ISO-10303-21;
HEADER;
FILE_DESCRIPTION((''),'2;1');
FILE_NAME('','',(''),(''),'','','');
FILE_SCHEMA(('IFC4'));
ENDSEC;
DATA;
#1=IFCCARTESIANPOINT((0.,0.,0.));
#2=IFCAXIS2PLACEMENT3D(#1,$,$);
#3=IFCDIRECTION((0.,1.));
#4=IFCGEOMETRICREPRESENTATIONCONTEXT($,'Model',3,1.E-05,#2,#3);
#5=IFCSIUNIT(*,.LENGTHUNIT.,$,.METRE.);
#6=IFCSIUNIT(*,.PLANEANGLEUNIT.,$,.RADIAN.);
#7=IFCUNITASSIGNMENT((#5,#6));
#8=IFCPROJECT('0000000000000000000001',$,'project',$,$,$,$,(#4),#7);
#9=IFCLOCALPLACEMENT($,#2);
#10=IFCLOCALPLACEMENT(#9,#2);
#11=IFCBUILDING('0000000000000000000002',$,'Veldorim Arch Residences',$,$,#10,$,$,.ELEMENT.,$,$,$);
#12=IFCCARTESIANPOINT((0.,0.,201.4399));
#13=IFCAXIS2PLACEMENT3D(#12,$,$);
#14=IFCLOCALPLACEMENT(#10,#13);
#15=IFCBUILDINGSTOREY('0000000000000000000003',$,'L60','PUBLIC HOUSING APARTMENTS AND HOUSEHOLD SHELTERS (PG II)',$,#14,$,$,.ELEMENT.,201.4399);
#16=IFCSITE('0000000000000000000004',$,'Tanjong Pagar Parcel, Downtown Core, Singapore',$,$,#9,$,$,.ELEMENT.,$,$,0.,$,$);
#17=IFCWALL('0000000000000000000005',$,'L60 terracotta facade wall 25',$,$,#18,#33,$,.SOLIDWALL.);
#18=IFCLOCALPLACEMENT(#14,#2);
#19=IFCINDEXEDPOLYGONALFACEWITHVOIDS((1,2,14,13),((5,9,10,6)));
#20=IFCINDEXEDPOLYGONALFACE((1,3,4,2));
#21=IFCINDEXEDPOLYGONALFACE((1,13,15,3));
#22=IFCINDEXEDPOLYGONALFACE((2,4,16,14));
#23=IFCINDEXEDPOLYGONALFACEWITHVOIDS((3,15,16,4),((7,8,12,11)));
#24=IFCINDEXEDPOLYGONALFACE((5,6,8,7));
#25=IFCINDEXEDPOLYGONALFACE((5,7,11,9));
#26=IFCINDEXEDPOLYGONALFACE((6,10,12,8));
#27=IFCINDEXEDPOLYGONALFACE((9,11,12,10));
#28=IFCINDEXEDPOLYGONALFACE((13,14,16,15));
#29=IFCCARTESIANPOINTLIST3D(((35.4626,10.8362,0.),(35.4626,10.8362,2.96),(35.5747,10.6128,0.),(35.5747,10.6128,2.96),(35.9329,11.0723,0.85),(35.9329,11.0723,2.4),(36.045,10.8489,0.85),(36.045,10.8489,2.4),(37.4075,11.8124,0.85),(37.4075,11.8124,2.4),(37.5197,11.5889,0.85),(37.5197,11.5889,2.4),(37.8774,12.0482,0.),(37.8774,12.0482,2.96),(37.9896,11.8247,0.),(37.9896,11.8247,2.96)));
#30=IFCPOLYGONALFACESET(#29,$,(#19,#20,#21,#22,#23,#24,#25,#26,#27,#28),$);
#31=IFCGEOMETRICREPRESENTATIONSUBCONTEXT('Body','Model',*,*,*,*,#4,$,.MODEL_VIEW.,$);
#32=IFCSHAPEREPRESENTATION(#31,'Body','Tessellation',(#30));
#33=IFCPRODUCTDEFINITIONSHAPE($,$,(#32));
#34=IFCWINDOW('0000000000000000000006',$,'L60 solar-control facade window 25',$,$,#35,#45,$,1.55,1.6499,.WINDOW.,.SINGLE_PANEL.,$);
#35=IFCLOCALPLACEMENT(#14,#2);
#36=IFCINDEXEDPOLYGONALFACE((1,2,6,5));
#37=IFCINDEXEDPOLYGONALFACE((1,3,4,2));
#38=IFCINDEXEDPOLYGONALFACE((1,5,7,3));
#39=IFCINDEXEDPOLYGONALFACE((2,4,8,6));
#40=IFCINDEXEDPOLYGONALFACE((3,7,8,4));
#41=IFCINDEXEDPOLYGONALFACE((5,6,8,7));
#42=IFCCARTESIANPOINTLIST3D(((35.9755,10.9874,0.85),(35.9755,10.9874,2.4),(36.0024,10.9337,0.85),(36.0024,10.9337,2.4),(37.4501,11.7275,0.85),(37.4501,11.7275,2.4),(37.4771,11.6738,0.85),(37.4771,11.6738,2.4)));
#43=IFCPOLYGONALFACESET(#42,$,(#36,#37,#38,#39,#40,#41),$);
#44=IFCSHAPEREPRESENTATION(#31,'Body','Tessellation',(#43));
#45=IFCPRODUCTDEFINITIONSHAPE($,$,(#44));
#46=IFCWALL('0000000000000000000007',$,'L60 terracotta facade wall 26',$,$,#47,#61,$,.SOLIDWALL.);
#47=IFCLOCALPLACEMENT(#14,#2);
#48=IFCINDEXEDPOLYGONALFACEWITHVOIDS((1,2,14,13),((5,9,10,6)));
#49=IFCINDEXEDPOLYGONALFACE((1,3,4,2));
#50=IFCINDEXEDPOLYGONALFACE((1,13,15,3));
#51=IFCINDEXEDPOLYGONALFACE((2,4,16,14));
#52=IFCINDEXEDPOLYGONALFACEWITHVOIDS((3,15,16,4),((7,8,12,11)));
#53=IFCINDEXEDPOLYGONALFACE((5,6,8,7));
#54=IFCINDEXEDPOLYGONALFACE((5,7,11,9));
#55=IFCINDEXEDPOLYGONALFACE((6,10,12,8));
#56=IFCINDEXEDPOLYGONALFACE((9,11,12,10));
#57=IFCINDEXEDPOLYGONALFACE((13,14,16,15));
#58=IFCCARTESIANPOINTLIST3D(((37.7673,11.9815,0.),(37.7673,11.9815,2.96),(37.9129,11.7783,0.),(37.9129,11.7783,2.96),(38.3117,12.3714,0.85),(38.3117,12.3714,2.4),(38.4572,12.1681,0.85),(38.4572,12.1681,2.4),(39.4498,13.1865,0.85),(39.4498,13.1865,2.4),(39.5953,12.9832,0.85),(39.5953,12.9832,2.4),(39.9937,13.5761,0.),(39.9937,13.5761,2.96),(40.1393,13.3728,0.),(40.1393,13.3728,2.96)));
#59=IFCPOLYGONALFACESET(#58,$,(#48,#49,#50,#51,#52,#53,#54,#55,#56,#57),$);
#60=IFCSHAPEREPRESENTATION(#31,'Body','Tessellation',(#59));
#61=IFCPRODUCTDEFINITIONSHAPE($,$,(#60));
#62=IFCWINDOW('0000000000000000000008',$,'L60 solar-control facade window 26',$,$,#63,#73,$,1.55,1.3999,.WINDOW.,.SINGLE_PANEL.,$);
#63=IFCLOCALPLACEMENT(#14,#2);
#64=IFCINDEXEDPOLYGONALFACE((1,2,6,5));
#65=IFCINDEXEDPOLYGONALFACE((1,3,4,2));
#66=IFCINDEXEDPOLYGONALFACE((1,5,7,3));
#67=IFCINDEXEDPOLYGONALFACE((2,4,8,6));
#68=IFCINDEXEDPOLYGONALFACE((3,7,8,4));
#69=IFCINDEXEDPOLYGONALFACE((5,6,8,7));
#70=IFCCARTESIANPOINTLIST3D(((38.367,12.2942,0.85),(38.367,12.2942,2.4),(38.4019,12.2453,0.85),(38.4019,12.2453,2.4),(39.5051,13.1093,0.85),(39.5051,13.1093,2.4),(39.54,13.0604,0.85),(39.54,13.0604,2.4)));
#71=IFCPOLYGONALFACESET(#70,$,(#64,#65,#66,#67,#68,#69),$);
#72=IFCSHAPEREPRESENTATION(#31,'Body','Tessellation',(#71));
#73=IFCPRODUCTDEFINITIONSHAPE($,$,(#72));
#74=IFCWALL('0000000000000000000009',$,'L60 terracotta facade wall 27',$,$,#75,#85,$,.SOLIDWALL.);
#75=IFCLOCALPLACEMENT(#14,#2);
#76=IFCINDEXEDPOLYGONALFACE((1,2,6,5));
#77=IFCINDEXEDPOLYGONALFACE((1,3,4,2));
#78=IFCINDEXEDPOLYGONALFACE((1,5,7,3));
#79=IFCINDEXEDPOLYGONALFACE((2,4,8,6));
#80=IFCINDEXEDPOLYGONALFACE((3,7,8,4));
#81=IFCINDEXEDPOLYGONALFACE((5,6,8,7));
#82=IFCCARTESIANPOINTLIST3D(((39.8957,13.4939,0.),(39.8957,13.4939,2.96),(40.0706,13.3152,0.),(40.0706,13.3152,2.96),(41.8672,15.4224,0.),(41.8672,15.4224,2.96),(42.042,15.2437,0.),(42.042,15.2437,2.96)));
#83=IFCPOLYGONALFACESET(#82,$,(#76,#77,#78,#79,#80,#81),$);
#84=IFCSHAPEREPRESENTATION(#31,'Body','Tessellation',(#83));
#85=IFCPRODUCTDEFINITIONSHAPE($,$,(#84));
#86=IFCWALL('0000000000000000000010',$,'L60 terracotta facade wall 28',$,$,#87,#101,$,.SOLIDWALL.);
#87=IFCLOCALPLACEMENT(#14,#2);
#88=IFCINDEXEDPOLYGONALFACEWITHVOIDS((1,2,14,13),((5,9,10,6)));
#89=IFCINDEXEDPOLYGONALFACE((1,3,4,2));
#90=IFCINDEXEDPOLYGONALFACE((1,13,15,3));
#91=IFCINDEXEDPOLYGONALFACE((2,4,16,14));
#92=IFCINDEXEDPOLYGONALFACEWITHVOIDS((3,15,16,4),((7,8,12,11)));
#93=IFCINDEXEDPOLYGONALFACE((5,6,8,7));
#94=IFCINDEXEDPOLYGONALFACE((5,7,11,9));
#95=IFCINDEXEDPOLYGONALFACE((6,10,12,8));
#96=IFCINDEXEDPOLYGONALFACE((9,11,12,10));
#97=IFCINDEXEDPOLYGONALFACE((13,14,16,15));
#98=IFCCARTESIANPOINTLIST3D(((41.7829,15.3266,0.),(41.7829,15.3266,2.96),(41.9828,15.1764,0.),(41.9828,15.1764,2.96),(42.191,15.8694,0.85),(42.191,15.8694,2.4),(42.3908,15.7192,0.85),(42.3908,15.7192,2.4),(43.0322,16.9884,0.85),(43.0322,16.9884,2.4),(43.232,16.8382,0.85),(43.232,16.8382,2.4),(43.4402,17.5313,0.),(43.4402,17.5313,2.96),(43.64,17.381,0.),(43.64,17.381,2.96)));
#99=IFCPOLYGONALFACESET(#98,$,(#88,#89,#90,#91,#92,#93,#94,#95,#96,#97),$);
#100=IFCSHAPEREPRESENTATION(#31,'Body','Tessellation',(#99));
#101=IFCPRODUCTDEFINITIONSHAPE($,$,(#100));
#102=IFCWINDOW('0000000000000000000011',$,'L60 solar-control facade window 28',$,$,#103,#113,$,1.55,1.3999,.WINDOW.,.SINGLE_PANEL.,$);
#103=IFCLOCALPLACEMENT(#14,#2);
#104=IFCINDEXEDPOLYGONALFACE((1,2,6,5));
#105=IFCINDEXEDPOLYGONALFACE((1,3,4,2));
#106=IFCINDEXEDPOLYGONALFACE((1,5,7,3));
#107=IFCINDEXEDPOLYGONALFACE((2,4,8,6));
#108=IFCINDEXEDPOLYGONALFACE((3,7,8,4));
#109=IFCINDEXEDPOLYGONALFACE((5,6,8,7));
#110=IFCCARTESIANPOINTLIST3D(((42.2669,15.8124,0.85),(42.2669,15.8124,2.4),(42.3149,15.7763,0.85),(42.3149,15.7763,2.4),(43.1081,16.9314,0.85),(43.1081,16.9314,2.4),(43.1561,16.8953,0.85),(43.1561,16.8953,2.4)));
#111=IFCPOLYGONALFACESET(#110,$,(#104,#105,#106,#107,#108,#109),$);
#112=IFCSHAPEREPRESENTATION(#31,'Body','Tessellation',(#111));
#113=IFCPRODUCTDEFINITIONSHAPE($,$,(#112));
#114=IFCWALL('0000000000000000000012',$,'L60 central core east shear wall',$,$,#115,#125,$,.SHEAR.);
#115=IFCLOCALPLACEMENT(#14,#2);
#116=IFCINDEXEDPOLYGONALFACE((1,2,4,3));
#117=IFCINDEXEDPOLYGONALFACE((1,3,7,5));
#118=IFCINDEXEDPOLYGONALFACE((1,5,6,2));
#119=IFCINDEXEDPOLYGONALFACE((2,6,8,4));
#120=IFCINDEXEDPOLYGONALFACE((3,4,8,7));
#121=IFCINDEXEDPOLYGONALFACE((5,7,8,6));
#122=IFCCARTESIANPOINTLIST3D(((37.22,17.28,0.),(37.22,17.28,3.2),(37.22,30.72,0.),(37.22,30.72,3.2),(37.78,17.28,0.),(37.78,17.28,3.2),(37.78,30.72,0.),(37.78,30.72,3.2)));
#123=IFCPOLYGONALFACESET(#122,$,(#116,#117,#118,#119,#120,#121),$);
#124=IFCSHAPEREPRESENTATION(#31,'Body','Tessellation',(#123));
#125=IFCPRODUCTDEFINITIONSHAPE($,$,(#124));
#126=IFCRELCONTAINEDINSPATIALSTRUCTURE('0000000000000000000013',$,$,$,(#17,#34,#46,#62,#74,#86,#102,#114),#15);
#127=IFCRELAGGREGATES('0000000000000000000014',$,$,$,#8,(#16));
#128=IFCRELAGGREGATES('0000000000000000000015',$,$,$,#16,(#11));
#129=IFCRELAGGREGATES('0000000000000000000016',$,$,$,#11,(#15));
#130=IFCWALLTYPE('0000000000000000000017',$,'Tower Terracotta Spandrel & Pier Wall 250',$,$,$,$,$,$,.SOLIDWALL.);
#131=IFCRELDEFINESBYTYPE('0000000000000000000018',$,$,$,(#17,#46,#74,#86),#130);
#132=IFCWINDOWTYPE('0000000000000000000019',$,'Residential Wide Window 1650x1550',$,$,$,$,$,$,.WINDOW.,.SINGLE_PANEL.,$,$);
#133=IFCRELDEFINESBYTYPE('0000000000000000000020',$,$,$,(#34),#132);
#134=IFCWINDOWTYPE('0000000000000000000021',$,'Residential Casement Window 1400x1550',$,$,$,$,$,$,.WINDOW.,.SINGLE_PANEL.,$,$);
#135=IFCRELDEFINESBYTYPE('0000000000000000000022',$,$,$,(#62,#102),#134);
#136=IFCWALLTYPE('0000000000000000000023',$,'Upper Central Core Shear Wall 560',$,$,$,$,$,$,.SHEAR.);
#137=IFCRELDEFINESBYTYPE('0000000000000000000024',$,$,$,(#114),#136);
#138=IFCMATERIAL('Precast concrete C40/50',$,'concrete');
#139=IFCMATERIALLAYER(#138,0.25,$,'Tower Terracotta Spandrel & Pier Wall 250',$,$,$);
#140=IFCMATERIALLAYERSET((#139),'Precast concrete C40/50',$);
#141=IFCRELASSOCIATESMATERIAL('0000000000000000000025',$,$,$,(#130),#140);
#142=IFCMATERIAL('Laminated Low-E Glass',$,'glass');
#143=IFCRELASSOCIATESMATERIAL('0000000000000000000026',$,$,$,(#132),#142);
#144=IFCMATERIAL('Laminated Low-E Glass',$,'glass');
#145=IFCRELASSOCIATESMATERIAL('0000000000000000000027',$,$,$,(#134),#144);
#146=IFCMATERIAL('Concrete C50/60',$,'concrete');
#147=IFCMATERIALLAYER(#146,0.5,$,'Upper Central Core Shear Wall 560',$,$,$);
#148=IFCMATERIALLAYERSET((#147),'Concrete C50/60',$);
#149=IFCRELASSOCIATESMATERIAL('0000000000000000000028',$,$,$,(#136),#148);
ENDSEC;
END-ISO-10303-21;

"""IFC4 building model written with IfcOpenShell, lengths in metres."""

from ifc_helpers import new_model, si_unit, direction, frame, frame_2d, origin, place, context, subcontext, project, spatial, rectangle, extrude, material, layer, layer_set, type_object, element, fill, save


model = new_model("IFC4")

# Units and contexts
model_context = context("Model", 3, precision=1e-05, world=origin(), true_north=direction((0.0, 1.0)))
body_context = subcontext(model_context, "Body", "Model", "MODEL_VIEW")
ifc_project = project(units=[si_unit("LENGTHUNIT", "METRE"), si_unit("PLANEANGLEUNIT", "RADIAN")], contexts=[model_context])

# Site, building, storey
site_placement = place(None, origin())
site = spatial("IfcSite", under=ifc_project, at=site_placement, Name="Tanjong Pagar Parcel, Downtown Core, Singapore", CompositionType="ELEMENT", RefElevation=0.0)
building_placement = place(site_placement, origin())
building = spatial("IfcBuilding", under=site, at=building_placement, Name="Veldorim Arch Residences", CompositionType="ELEMENT")
storey_placement = place(building_placement, frame((0.0, 0.0, 201.4399)))
storey = spatial("IfcBuildingStorey", under=building, at=storey_placement, Name="L60", Description="PUBLIC HOUSING APARTMENTS AND HOUSEHOLD SHELTERS (PG II)", CompositionType="ELEMENT", Elevation=201.4399)

# Walls, openings, windows
ifc_material_1 = material(Name="Precast concrete C40/50", Category="concrete")
ifc_layer_1 = layer(ifc_material_1, 0.25, Name="Tower Terracotta Spandrel & Pier Wall 250")
ifc_layer_set_1 = layer_set([ifc_layer_1], Name="Precast concrete C40/50")
wall_type_1 = type_object("IfcWallType", Name="Tower Terracotta Spandrel & Pier Wall 250", PredefinedType="SOLIDWALL", material=ifc_layer_set_1)
wall_1_placement = place(storey_placement, frame((37.9336, 11.9365, 0.0), z_axis=(0.0, 0.0, 1.0), x_axis=(-0.893758, -0.44855, 0.0)))
wall_1 = element("IfcWall", 1, at=wall_1_placement, inside=storey, type_object=wall_type_1, Name="L60 terracotta facade wall 25", PredefinedType="SOLIDWALL", context=body_context, shape_type="SweptSolid", body=[
    extrude(rectangle(XDim=2.7019, YDim=0.25, at=frame_2d((1.3511, 0.0))), origin(), (0.0, 0.0, 1.0), 2.96),
])
opening_1_placement = place(wall_1_placement, frame((0.5259, 0.0, 0.8501)))
opening_1 = element("IfcOpeningElement", 2, at=opening_1_placement, cuts=wall_1, PredefinedType="OPENING", context=body_context, shape_type="SweptSolid", body=[
    extrude(rectangle(XDim=1.6499, YDim=1.55, at=frame_2d((0.825, 0.7749))), frame((0.0, 0.135, 0.0), z_axis=(0.0, -1.0, 0.0), x_axis=(1.0, 0.0, 0.0)), (0.0, 0.0, 1.0), 0.27),
])
ifc_material_2 = material(Name="Laminated Low-E Glass", Category="glass")
window_type_1 = type_object("IfcWindowType", Name="Residential Wide Window 1650x1550", PartitioningType="SINGLE_PANEL", PredefinedType="WINDOW", material=ifc_material_2)
window_1_placement = place(opening_1_placement, origin())
window_1 = element("IfcWindow", 3, at=window_1_placement, inside=storey, type_object=window_type_1, Name="L60 solar-control facade window 25", OverallHeight=1.55, OverallWidth=1.6499, PartitioningType="SINGLE_PANEL", PredefinedType="WINDOW", context=body_context, shape_type="SweptSolid", body=[
    extrude(rectangle(XDim=1.6499, YDim=1.55, at=frame_2d((0.825, 0.7749))), frame((0.0, 0.03, 0.0), z_axis=(0.0, -1.0, 0.0), x_axis=(1.0, 0.0, 0.0)), (0.0, 0.0, 1.0), 0.0601),
])
fill(opening_1, window_1)
wall_2_placement = place(storey_placement, frame((40.0664, 13.4744, 0.0), z_axis=(0.0, 0.0, 1.0), x_axis=(-0.812998, -0.582267, 0.0)))
wall_2 = element("IfcWall", 4, at=wall_2_placement, inside=storey, type_object=wall_type_1, Name="L60 terracotta facade wall 26", PredefinedType="SOLIDWALL", context=body_context, shape_type="SweptSolid", body=[
    extrude(rectangle(XDim=2.7385, YDim=0.25, at=frame_2d((1.3691, 0.0))), origin(), (0.0, 0.0, 1.0), 2.96),
])
opening_2_placement = place(wall_2_placement, frame((0.6689, 0.0, 0.8501)))
opening_2 = element("IfcOpeningElement", 5, at=opening_2_placement, cuts=wall_2, PredefinedType="OPENING", context=body_context, shape_type="SweptSolid", body=[
    extrude(rectangle(XDim=1.3999, YDim=1.55, at=frame_2d((0.7, 0.7749))), frame((0.0, 0.135, 0.0), z_axis=(0.0, -1.0, 0.0), x_axis=(1.0, 0.0, 0.0)), (0.0, 0.0, 1.0), 0.27),
])
ifc_material_3 = material(Name="Laminated Low-E Glass", Category="glass")
window_type_2 = type_object("IfcWindowType", Name="Residential Casement Window 1400x1550", PartitioningType="SINGLE_PANEL", PredefinedType="WINDOW", material=ifc_material_3)
window_2_placement = place(opening_2_placement, origin())
window_2 = element("IfcWindow", 6, at=window_2_placement, inside=storey, type_object=window_type_2, Name="L60 solar-control facade window 26", OverallHeight=1.55, OverallWidth=1.3999, PartitioningType="SINGLE_PANEL", PredefinedType="WINDOW", context=body_context, shape_type="SweptSolid", body=[
    extrude(rectangle(XDim=1.3999, YDim=1.55, at=frame_2d((0.7, 0.7749))), frame((0.0, 0.03, 0.0), z_axis=(0.0, -1.0, 0.0), x_axis=(1.0, 0.0, 0.0)), (0.0, 0.0, 1.0), 0.0601),
])
fill(opening_2, window_2)

# Wall
wall_3_placement = place(storey_placement, frame((41.9546, 15.333, 0.0), z_axis=(0.0, 0.0, 1.0), x_axis=(-0.714854, -0.699274, 0.0)))
element("IfcWall", 7, at=wall_3_placement, inside=storey, type_object=wall_type_1, Name="L60 terracotta facade wall 27", PredefinedType="SOLIDWALL", context=body_context, shape_type="SweptSolid", body=[
    extrude(rectangle(XDim=2.7578, YDim=0.25, at=frame_2d((1.3789, 0.0))), origin(), (0.0, 0.0, 1.0), 2.96),
])

# Wall, opening, window
wall_4_placement = place(storey_placement, frame((43.54, 17.4561, 0.0), z_axis=(0.0, 0.0, 1.0), x_axis=(-0.600878, -0.799341, 0.0)))
wall_4 = element("IfcWall", 8, at=wall_4_placement, inside=storey, type_object=wall_type_1, Name="L60 terracotta facade wall 28", PredefinedType="SOLIDWALL", context=body_context, shape_type="SweptSolid", body=[
    extrude(rectangle(XDim=2.7581, YDim=0.25, at=frame_2d((1.3789, 0.0))), origin(), (0.0, 0.0, 1.0), 2.96),
])
opening_3_placement = place(wall_4_placement, frame((0.679, 0.0, 0.8501)))
opening_3 = element("IfcOpeningElement", 9, at=opening_3_placement, cuts=wall_4, PredefinedType="OPENING", context=body_context, shape_type="SweptSolid", body=[
    extrude(rectangle(XDim=1.3999, YDim=1.55, at=frame_2d((0.7, 0.7749))), frame((0.0, 0.135, 0.0), z_axis=(0.0, -1.0, 0.0), x_axis=(1.0, 0.0, 0.0)), (0.0, 0.0, 1.0), 0.27),
])
window_3_placement = place(opening_3_placement, origin())
window_3 = element("IfcWindow", 10, at=window_3_placement, inside=storey, type_object=window_type_2, Name="L60 solar-control facade window 28", OverallHeight=1.55, OverallWidth=1.3999, PartitioningType="SINGLE_PANEL", PredefinedType="WINDOW", context=body_context, shape_type="SweptSolid", body=[
    extrude(rectangle(XDim=1.3999, YDim=1.55, at=frame_2d((0.7, 0.7749))), frame((0.0, 0.03, 0.0), z_axis=(0.0, -1.0, 0.0), x_axis=(1.0, 0.0, 0.0)), (0.0, 0.0, 1.0), 0.0601),
])
fill(opening_3, window_3)

# Wall
ifc_material_4 = material(Name="Concrete C50/60", Category="concrete")
ifc_layer_2 = layer(ifc_material_4, 0.5, Name="Upper Central Core Shear Wall 560")
ifc_layer_set_2 = layer_set([ifc_layer_2], Name="Concrete C50/60")
wall_type_2 = type_object("IfcWallType", Name="Upper Central Core Shear Wall 560", PredefinedType="SHEAR", material=ifc_layer_set_2)
wall_5_placement = place(storey_placement, frame((37.5, 17.28, 0.0), z_axis=(0.0, 0.0, 1.0), x_axis=(0.0, 1.0, 0.0)))
element("IfcWall", 11, at=wall_5_placement, inside=storey, type_object=wall_type_2, Name="L60 central core east shear wall", PredefinedType="SHEAR", context=body_context, shape_type="SweptSolid", body=[
    extrude(rectangle(XDim=13.4399, YDim=0.5601, at=frame_2d((6.72, 0.0))), origin(), (0.0, 0.0, 1.0), 3.2),
])

save(model, "model.ifc")
